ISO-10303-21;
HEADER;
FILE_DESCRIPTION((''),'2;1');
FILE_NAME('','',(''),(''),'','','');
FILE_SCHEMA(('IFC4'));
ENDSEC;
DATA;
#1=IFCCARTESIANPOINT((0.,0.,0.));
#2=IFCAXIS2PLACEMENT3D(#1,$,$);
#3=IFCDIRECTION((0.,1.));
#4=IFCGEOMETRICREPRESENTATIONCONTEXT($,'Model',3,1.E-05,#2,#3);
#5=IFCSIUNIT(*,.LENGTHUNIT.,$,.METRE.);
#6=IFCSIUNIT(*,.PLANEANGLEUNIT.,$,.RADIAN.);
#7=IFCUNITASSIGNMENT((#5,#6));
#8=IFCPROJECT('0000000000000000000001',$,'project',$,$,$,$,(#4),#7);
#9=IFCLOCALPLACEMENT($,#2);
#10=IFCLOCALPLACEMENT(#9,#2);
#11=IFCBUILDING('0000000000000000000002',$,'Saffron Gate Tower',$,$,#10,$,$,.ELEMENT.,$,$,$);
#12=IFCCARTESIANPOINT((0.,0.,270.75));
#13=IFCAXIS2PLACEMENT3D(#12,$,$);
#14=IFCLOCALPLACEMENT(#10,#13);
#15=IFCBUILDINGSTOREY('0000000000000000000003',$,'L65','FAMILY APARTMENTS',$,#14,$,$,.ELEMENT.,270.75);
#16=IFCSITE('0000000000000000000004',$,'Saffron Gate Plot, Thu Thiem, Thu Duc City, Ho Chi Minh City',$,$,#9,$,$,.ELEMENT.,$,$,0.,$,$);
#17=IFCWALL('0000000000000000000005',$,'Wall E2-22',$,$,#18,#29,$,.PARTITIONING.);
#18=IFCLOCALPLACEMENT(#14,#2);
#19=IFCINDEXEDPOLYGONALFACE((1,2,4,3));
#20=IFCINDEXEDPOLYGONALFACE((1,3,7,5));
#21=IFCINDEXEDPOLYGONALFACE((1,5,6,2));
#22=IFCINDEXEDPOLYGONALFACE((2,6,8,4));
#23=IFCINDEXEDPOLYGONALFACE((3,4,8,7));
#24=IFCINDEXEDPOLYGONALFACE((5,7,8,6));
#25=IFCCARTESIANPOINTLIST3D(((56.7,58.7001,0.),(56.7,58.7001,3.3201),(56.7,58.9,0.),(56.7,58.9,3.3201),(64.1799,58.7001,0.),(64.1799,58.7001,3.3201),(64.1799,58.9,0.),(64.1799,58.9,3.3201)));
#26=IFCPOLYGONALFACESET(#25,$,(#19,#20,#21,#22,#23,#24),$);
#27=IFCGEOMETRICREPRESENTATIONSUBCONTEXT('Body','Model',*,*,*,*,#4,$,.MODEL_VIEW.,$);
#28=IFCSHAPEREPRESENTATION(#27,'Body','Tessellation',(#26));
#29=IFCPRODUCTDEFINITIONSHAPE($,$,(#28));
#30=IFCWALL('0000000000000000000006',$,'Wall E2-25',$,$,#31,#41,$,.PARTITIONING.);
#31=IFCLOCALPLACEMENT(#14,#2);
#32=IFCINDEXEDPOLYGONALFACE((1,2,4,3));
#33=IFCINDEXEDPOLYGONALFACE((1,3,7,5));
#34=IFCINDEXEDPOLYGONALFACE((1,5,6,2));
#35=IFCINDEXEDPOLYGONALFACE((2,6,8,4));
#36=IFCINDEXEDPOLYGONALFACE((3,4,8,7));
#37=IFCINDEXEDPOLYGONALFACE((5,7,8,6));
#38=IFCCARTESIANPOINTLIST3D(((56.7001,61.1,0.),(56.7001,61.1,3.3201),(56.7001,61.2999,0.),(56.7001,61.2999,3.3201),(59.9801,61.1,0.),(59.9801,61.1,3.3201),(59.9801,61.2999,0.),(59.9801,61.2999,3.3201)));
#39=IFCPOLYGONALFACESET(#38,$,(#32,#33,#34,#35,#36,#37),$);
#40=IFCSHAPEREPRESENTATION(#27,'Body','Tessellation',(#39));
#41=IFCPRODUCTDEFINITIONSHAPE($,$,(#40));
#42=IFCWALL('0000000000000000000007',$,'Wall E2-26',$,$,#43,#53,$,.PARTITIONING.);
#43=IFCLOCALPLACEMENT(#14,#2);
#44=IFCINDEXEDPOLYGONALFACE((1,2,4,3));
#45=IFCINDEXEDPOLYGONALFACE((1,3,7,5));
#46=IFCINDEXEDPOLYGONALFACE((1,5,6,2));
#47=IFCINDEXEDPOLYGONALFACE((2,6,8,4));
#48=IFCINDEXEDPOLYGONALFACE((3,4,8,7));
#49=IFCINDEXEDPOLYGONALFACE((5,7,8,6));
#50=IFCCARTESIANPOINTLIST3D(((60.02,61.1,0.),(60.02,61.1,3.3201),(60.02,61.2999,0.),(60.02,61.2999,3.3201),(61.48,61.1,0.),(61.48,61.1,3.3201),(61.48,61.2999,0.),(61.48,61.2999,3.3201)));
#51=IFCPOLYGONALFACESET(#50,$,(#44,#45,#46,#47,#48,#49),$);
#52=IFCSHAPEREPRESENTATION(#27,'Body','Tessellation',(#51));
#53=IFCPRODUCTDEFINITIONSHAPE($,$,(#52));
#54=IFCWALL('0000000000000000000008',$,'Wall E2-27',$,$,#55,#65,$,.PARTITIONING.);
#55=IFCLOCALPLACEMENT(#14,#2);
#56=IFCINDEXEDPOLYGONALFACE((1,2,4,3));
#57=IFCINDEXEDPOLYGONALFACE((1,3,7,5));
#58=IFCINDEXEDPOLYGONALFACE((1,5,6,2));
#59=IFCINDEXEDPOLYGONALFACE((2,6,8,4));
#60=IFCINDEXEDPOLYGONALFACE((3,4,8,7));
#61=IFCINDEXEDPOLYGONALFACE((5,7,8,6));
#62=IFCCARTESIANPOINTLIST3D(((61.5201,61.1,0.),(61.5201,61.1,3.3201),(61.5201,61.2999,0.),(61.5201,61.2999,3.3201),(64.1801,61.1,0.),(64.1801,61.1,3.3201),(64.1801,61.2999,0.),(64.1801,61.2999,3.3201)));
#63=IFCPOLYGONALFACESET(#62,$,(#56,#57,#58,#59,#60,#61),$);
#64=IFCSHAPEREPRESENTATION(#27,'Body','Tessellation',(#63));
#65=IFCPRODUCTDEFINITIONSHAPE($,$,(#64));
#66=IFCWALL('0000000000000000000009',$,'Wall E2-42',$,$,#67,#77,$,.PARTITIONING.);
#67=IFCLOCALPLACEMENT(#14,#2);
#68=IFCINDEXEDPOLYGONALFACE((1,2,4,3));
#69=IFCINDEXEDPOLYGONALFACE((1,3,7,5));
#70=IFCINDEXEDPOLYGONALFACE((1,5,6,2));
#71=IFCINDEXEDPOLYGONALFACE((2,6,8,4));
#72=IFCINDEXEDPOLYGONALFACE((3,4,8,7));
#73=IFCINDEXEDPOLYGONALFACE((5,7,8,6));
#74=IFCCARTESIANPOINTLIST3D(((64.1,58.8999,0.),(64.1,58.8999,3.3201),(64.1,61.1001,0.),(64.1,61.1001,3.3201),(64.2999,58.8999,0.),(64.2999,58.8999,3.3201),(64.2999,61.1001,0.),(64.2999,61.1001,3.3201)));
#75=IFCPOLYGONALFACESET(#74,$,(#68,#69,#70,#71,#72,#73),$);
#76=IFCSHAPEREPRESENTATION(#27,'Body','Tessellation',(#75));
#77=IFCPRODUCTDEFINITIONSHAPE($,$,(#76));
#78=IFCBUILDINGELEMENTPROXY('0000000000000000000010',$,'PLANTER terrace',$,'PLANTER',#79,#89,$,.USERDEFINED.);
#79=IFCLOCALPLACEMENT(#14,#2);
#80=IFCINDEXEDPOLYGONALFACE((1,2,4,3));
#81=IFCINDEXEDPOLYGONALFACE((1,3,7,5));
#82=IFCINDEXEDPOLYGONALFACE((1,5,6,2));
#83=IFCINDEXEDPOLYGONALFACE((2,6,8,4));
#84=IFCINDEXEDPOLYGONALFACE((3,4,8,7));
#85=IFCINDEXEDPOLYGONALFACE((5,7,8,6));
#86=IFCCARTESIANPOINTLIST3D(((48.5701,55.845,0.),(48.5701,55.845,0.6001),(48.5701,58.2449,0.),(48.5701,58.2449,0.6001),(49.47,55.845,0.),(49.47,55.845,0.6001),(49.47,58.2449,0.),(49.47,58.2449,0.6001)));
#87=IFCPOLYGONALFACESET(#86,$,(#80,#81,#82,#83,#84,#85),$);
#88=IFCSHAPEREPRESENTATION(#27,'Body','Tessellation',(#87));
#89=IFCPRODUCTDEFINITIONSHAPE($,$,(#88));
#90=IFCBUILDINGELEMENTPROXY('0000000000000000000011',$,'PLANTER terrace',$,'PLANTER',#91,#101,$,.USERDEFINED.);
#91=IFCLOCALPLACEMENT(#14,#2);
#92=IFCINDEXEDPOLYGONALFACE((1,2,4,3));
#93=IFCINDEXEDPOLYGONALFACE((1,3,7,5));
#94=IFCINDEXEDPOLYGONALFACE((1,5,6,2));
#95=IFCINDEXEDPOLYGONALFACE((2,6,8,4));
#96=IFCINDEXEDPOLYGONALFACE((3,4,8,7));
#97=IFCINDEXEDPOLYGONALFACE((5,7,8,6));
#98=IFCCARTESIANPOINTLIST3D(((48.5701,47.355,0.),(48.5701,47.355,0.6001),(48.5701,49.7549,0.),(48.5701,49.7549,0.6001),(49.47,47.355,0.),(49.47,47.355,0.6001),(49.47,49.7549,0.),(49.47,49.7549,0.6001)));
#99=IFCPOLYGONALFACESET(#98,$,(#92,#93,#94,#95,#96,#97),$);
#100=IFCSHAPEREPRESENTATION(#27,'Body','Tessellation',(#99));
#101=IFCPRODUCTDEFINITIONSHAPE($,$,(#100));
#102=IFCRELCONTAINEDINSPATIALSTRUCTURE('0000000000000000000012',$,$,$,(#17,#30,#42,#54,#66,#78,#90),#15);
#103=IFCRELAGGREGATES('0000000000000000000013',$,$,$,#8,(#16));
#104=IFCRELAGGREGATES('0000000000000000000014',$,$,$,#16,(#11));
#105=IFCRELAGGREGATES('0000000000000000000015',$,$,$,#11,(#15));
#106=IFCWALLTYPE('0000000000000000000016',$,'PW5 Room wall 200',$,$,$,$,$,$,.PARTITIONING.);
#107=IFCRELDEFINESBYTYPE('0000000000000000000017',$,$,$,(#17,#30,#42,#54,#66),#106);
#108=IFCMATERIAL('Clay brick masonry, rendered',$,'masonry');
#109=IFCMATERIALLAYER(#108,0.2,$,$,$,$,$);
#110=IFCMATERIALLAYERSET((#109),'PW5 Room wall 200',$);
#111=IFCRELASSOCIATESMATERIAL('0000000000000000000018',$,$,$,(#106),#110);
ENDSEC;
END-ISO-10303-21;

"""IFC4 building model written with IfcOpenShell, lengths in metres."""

from ifc_helpers import new_model, si_unit, direction, frame, frame_2d, origin, origin_2d, place, context, subcontext, project, spatial, rectangle, extrude, material, layer, layer_set, type_object, element, save


model = new_model("IFC4")

# Units and contexts
model_context = context("Model", 3, precision=1e-05, world=origin(), true_north=direction((0.0, 1.0)))
body_context = subcontext(model_context, "Body", "Model", "MODEL_VIEW")
ifc_project = project(units=[si_unit("LENGTHUNIT", "METRE"), si_unit("PLANEANGLEUNIT", "RADIAN")], contexts=[model_context])

# Site, building, storey
site_placement = place(None, origin())
site = spatial("IfcSite", under=ifc_project, at=site_placement, Name="Saffron Gate Plot, Thu Thiem, Thu Duc City, Ho Chi Minh City", CompositionType="ELEMENT", RefElevation=0.0)
building_placement = place(site_placement, origin())
building = spatial("IfcBuilding", under=site, at=building_placement, Name="Saffron Gate Tower", CompositionType="ELEMENT")
storey_placement = place(building_placement, frame((0.0, 0.0, 270.75)))
storey = spatial("IfcBuildingStorey", under=building, at=storey_placement, Name="L65", Description="FAMILY APARTMENTS", CompositionType="ELEMENT", Elevation=270.75)

# Shared definitions
ifc_material_1 = material(Name="Clay brick masonry, rendered", Category="masonry")

# Walls
ifc_layer_1 = layer(ifc_material_1, 0.2)
ifc_layer_set_1 = layer_set([ifc_layer_1], Name="PW5 Room wall 200")
wall_type_1 = type_object("IfcWallType", Name="PW5 Room wall 200", PredefinedType="PARTITIONING", material=ifc_layer_set_1)
wall_1_placement = place(storey_placement, frame((56.7, 58.8, 0.0), z_axis=(0.0, 0.0, 1.0), x_axis=(1.0, 0.0, 0.0)))
element("IfcWall", 1, at=wall_1_placement, inside=storey, type_object=wall_type_1, Name="Wall E2-22", PredefinedType="PARTITIONING", context=body_context, shape_type="SweptSolid", body=[
    extrude(rectangle(XDim=7.48, YDim=0.2, at=frame_2d((3.74, 0.0))), origin(), (0.0, 0.0, 1.0), 3.3201),
])
wall_2_placement = place(storey_placement, frame((56.7, 61.2, 0.0), z_axis=(0.0, 0.0, 1.0), x_axis=(1.0, 0.0, 0.0)))
element("IfcWall", 2, at=wall_2_placement, inside=storey, type_object=wall_type_1, Name="Wall E2-25", PredefinedType="PARTITIONING", context=body_context, shape_type="SweptSolid", body=[
    extrude(rectangle(XDim=3.28, YDim=0.2, at=frame_2d((1.6401, 0.0))), origin(), (0.0, 0.0, 1.0), 3.3201),
])
wall_3_placement = place(storey_placement, frame((60.02, 61.2, 0.0), z_axis=(0.0, 0.0, 1.0), x_axis=(1.0, 0.0, 0.0)))
element("IfcWall", 3, at=wall_3_placement, inside=storey, type_object=wall_type_1, Name="Wall E2-26", PredefinedType="PARTITIONING", context=body_context, shape_type="SweptSolid", body=[
    extrude(rectangle(XDim=1.46, YDim=0.2, at=frame_2d((0.73, 0.0))), origin(), (0.0, 0.0, 1.0), 3.3201),
])
wall_4_placement = place(storey_placement, frame((61.52, 61.2, 0.0), z_axis=(0.0, 0.0, 1.0), x_axis=(1.0, 0.0, 0.0)))
element("IfcWall", 4, at=wall_4_placement, inside=storey, type_object=wall_type_1, Name="Wall E2-27", PredefinedType="PARTITIONING", context=body_context, shape_type="SweptSolid", body=[
    extrude(rectangle(XDim=2.6599, YDim=0.2, at=frame_2d((1.3301, 0.0))), origin(), (0.0, 0.0, 1.0), 3.3201),
])
wall_5_placement = place(storey_placement, frame((64.2, 61.1001, 0.0), z_axis=(0.0, 0.0, 1.0), x_axis=(0.0, -1.0, 0.0)))
element("IfcWall", 5, at=wall_5_placement, inside=storey, type_object=wall_type_1, Name="Wall E2-42", PredefinedType="PARTITIONING", context=body_context, shape_type="SweptSolid", body=[
    extrude(rectangle(XDim=2.2002, YDim=0.2, at=frame_2d((1.1001, 0.0))), origin(), (0.0, 0.0, 1.0), 3.3201),
])

# Building element proxies
for number, where, z_axis, x_axis, name in (
    (6, (49.02, 57.0449, 0.0), (0.0, 0.0, 1.0), (0.0, -1.0, 0.0), "PLANTER terrace"),
    (7, (49.02, 48.5549, 0.0), (0.0, 0.0, 1.0), (0.0, -1.0, 0.0), "PLANTER terrace"),
):
    element("IfcBuildingElementProxy", number, at=place(storey_placement, frame(where, z_axis=z_axis, x_axis=x_axis)), inside=storey, Name=name, ObjectType="PLANTER", PredefinedType="USERDEFINED", context=body_context, shape_type="SweptSolid", body=[
        extrude(rectangle(XDim=2.3999, YDim=0.8999, at=origin_2d()), origin(), (0.0, 0.0, 1.0), 0.6001),
    ])

save(model, "model.ifc")
